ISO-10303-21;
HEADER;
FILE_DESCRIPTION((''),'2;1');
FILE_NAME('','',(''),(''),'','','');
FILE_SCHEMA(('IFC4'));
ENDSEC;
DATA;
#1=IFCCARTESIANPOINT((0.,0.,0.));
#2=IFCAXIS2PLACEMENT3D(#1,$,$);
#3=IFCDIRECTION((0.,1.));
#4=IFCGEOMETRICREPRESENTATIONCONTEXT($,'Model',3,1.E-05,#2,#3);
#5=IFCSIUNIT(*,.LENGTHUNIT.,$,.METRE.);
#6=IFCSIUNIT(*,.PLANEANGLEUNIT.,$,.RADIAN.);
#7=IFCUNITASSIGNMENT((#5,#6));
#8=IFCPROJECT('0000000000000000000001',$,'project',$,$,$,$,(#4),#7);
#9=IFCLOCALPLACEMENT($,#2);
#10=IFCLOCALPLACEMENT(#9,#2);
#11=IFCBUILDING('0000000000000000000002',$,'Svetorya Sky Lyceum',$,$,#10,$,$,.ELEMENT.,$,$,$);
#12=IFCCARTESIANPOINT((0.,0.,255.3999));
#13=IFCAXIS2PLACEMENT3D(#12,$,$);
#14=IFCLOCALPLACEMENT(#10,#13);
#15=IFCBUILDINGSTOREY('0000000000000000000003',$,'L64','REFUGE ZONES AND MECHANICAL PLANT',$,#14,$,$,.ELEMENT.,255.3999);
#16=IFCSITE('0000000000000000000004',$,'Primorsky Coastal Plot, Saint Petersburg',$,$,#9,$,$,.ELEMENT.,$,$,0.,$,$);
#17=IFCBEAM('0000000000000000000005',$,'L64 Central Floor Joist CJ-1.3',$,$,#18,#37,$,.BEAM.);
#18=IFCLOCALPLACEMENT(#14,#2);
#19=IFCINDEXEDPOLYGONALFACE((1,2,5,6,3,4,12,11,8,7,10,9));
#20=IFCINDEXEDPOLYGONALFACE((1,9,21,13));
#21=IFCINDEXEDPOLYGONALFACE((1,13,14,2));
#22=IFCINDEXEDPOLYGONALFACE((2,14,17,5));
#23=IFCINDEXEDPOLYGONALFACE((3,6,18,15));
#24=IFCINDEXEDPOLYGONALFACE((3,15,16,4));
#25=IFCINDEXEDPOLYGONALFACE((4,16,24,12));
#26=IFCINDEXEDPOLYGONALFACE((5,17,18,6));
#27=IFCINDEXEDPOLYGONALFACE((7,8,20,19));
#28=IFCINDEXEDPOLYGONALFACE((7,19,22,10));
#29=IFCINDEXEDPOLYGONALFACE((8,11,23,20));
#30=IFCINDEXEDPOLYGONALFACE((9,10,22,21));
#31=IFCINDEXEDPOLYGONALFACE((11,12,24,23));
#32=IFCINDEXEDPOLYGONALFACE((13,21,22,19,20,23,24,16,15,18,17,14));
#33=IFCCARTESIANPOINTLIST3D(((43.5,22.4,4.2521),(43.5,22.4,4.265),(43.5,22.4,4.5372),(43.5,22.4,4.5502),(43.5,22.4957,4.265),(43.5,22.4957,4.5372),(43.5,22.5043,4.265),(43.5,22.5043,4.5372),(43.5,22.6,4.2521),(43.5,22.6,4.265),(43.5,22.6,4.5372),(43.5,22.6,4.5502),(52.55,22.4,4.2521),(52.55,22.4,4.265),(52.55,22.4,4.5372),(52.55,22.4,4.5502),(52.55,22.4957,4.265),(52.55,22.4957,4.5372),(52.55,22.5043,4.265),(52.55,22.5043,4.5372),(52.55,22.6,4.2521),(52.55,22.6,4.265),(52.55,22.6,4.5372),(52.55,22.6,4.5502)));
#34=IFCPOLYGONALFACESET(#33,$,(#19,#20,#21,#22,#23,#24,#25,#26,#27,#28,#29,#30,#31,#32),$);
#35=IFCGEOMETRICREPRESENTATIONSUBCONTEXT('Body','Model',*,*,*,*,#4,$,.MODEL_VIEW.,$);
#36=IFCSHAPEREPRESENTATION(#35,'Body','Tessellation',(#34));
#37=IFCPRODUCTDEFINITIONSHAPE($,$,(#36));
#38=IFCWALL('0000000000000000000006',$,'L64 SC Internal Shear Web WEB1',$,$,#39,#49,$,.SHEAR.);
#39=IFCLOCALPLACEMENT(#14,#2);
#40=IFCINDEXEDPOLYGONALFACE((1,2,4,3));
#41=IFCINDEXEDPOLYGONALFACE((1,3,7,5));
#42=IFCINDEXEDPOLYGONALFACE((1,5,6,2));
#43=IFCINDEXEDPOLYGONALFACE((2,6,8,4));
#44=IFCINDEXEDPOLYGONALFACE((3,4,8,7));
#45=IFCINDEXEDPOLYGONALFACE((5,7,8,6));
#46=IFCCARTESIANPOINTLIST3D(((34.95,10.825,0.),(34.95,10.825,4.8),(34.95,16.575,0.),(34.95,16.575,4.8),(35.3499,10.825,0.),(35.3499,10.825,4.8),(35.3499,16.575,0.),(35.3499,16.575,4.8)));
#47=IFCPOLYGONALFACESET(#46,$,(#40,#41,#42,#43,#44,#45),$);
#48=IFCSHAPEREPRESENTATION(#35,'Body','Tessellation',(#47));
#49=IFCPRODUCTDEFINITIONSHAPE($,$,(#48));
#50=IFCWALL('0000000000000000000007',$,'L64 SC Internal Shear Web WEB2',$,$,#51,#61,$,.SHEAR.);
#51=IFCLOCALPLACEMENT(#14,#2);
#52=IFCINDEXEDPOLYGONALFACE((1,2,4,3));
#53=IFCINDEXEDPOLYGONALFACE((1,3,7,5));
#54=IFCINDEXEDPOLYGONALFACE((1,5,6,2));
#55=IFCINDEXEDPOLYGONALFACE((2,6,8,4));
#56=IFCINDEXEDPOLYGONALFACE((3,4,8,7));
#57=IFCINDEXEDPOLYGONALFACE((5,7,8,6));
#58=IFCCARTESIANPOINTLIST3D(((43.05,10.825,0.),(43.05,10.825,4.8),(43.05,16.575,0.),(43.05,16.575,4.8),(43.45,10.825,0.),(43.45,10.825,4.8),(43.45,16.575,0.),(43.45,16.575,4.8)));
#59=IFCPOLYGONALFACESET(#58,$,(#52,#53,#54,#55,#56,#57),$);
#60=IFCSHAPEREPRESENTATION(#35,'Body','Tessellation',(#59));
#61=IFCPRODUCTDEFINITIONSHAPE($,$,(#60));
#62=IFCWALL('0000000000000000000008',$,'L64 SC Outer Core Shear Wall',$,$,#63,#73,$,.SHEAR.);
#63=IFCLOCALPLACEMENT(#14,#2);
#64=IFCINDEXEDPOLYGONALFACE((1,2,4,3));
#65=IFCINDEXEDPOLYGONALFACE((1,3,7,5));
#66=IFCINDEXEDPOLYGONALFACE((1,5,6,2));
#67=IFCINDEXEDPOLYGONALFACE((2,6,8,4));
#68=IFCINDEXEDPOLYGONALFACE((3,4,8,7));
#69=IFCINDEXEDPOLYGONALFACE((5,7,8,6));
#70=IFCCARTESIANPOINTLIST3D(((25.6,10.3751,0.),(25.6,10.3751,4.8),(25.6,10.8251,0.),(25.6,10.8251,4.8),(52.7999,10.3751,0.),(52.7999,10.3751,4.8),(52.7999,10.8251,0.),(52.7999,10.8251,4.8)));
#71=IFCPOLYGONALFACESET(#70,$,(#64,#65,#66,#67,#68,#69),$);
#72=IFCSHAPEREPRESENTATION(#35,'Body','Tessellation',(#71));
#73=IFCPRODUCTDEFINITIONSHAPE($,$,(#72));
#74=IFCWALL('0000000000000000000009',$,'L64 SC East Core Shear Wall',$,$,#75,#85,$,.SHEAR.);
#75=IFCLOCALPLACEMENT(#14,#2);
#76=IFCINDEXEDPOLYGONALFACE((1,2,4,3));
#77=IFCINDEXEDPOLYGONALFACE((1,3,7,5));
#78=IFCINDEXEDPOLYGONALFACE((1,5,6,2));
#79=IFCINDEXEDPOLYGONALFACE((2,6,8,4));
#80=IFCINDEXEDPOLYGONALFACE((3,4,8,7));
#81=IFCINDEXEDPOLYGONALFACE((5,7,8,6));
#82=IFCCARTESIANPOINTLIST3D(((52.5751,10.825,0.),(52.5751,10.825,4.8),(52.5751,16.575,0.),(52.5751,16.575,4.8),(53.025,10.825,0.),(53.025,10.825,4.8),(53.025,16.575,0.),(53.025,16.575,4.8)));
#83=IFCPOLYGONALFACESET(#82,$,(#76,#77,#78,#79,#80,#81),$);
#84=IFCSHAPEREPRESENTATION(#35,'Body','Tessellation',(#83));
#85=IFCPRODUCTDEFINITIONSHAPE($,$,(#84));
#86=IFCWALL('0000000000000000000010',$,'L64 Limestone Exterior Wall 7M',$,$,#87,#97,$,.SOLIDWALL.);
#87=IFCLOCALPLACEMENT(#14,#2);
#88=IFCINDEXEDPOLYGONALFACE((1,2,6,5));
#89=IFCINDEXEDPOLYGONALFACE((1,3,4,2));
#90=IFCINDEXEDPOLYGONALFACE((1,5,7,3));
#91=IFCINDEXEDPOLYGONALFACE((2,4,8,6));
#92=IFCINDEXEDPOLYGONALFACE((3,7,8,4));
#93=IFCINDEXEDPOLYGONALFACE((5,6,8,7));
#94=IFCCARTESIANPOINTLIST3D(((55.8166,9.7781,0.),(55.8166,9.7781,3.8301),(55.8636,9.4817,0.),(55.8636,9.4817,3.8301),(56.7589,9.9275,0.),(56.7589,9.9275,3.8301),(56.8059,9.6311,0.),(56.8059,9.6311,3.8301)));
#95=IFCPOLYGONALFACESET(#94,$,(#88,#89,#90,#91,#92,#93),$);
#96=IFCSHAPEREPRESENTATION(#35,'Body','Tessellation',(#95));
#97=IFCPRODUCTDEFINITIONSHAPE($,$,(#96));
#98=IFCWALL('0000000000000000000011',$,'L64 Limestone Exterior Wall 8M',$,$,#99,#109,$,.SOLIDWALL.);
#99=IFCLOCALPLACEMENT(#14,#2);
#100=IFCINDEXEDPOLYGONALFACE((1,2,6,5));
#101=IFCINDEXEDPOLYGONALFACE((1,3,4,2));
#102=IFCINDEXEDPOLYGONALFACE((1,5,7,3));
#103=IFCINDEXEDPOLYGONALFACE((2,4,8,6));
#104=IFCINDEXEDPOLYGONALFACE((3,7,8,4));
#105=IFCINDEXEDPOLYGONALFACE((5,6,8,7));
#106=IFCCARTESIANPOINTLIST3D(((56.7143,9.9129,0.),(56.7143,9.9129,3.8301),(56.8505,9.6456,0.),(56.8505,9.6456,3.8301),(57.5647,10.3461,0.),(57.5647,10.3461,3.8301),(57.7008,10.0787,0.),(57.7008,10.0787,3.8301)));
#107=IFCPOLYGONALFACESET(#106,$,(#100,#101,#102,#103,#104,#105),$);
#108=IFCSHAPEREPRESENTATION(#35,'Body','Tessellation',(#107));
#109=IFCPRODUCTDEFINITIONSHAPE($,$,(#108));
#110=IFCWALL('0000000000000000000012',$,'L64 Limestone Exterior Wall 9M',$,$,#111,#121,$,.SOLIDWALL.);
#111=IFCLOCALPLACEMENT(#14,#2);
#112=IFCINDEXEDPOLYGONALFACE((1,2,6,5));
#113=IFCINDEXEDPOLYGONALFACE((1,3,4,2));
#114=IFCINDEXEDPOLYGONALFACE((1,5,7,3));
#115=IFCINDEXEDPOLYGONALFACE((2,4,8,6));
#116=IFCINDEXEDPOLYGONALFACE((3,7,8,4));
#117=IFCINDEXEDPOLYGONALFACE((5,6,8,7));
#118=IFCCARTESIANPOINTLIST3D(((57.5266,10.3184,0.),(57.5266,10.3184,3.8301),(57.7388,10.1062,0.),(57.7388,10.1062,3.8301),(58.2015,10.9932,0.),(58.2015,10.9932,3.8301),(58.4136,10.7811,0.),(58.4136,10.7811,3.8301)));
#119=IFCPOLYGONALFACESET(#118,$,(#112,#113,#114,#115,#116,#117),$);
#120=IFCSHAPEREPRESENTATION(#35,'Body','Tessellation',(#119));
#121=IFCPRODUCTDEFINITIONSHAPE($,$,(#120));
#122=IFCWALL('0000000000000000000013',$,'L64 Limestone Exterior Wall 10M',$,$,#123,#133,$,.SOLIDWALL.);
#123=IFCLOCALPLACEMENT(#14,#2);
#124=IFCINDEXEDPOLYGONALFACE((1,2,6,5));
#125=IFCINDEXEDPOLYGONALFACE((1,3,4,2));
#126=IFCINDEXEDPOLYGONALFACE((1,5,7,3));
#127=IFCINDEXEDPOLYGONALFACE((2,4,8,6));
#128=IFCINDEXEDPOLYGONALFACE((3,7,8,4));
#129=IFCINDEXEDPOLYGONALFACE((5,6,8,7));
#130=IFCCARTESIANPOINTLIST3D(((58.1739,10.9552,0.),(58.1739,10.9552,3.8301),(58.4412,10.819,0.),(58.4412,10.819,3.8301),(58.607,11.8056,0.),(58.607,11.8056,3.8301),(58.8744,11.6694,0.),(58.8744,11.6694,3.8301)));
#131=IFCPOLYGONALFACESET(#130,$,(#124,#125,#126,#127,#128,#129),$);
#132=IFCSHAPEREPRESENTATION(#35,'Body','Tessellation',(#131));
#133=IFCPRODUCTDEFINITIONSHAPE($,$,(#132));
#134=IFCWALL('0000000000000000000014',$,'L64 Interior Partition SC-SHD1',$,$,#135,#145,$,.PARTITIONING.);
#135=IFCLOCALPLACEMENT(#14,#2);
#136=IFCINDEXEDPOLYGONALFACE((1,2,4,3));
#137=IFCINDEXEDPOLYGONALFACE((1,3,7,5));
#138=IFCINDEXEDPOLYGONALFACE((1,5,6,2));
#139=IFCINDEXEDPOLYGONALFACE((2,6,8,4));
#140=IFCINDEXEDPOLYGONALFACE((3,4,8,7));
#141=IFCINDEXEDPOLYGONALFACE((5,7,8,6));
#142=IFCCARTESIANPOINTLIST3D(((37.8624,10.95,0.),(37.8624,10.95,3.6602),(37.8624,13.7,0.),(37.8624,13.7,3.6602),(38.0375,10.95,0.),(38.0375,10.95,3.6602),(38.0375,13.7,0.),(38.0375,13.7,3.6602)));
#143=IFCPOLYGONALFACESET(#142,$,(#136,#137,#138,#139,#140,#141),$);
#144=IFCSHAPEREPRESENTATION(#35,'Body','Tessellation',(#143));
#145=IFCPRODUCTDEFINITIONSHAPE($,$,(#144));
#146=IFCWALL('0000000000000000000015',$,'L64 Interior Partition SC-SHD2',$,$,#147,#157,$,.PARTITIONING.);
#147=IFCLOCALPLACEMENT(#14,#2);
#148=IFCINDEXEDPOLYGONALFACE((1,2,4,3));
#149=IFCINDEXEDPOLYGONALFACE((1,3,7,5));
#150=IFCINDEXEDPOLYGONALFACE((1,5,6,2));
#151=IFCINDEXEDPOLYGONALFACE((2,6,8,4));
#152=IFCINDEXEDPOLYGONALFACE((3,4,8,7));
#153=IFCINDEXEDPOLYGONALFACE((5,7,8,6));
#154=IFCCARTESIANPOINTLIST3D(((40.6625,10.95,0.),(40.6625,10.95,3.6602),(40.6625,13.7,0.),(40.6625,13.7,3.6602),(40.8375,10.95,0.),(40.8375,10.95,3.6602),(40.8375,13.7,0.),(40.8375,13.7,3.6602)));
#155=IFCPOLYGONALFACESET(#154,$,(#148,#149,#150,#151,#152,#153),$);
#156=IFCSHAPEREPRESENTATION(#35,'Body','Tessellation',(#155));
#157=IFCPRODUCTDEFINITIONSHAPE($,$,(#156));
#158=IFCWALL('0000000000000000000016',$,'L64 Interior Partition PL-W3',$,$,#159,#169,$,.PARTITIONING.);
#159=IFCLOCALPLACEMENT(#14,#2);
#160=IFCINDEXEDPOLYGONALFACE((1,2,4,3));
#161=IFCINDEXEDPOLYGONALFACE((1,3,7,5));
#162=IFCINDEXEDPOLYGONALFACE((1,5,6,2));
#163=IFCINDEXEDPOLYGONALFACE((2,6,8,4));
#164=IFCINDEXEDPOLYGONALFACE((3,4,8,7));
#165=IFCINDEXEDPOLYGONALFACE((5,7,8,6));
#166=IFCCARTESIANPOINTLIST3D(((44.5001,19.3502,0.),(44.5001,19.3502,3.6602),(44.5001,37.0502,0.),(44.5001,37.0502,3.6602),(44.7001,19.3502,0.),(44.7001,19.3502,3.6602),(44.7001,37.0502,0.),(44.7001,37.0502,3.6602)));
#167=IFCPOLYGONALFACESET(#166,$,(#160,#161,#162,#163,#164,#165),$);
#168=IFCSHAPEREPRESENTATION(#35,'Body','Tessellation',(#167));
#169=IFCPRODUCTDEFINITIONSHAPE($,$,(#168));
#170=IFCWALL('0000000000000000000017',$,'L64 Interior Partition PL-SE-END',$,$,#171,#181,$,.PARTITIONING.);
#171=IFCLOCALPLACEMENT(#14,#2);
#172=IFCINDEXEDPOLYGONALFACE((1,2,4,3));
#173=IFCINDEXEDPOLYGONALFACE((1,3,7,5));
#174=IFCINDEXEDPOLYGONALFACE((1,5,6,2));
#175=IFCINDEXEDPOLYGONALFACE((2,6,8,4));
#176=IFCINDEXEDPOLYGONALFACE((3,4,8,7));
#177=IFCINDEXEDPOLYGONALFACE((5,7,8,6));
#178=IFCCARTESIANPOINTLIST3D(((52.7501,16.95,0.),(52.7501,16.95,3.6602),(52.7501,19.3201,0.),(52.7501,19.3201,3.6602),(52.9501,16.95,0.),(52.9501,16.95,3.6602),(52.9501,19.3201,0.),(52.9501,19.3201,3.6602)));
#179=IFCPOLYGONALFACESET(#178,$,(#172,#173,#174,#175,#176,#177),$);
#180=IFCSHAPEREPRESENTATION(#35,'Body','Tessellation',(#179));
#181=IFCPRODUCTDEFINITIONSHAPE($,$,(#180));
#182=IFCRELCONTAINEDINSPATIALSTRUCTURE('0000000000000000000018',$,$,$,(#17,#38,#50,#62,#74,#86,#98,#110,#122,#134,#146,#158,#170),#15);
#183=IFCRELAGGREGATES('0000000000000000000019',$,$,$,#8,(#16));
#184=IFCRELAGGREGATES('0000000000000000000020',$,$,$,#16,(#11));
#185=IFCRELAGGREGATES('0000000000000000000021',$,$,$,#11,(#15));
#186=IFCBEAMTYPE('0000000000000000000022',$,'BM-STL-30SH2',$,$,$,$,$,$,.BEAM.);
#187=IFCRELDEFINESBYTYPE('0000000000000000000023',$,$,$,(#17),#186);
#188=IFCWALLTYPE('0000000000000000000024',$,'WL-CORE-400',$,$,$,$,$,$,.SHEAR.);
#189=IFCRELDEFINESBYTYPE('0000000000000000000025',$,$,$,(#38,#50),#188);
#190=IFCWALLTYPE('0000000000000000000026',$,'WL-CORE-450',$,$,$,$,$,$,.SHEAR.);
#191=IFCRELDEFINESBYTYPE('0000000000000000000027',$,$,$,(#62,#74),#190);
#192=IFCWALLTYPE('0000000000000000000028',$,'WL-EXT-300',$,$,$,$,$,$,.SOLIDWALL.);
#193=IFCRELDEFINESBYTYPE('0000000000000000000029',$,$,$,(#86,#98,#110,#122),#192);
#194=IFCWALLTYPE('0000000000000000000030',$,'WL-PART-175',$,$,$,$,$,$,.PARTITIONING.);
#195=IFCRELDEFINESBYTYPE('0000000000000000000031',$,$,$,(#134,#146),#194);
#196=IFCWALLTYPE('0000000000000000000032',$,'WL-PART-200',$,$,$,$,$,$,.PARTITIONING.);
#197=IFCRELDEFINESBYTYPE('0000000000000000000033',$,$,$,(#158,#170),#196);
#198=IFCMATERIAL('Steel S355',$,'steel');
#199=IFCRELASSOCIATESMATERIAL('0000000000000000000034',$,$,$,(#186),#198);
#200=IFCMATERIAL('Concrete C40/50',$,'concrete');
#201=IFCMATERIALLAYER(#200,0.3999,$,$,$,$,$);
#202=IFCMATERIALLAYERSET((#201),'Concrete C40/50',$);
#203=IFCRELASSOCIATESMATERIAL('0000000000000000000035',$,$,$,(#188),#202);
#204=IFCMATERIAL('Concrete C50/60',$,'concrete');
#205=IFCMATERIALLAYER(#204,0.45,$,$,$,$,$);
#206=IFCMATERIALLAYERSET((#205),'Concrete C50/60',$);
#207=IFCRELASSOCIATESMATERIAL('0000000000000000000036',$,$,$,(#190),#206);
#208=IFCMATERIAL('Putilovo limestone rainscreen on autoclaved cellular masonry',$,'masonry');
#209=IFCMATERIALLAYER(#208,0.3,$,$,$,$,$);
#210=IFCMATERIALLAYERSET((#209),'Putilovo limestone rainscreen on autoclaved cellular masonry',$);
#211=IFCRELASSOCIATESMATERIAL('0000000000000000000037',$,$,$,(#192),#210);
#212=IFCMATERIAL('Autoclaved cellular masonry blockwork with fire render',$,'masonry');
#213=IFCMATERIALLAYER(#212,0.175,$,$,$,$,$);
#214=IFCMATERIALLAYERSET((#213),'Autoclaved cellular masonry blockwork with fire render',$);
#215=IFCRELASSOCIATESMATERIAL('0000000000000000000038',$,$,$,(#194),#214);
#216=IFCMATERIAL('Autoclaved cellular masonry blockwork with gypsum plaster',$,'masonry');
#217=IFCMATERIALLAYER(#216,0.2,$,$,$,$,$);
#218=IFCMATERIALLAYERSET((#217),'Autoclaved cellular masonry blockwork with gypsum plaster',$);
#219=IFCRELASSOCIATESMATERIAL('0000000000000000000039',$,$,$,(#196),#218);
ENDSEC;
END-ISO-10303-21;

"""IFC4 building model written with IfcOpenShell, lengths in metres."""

from ifc_helpers import new_model, si_unit, direction, frame, frame_2d, origin, origin_2d, place, context, subcontext, project, spatial, rectangle, i_section, extrude, material, layer, layer_set, material_profile, profile_set, type_object, element, save


model = new_model("IFC4")

# Units and contexts
model_context = context("Model", 3, precision=1e-05, world=origin(), true_north=direction((0.0, 1.0)))
body_context = subcontext(model_context, "Body", "Model", "MODEL_VIEW")
ifc_project = project(units=[si_unit("LENGTHUNIT", "METRE"), si_unit("PLANEANGLEUNIT", "RADIAN")], contexts=[model_context])

# Site, building, storey
site_placement = place(None, origin())
site = spatial("IfcSite", under=ifc_project, at=site_placement, Name="Primorsky Coastal Plot, Saint Petersburg", CompositionType="ELEMENT", RefElevation=0.0)
building_placement = place(site_placement, origin())
building = spatial("IfcBuilding", under=site, at=building_placement, Name="Svetorya Sky Lyceum", CompositionType="ELEMENT")
storey_placement = place(building_placement, frame((0.0, 0.0, 255.3999)))
storey = spatial("IfcBuildingStorey", under=building, at=storey_placement, Name="L64", Description="REFUGE ZONES AND MECHANICAL PLANT", CompositionType="ELEMENT", Elevation=255.3999)

# Shared definitions
ifc_material_1 = material(Name="Concrete C40/50", Category="concrete")

# Beam
ifc_material_2 = material(Name="Concrete C50/60", Category="concrete")
ifc_material_3 = material(Name="Steel S355", Category="steel")
ifc_material_profile_1 = material_profile(ifc_material_3, i_section(OverallWidth=0.2, OverallDepth=0.2981, WebThickness=0.0085, FlangeThickness=0.0129, at=origin_2d()), Name="GOST 30Sh2")
ifc_profile_set_1 = profile_set([ifc_material_profile_1], Name="Steel S355")
beam_type_1 = type_object("IfcBeamType", Name="BM-STL-30SH2", PredefinedType="BEAM", material=ifc_profile_set_1)
beam_1_placement = place(storey_placement, frame((43.5, 22.5, 4.4011), z_axis=(1.0, 0.0, 0.0), x_axis=(0.0, 1.0, 0.0)))
element("IfcBeam", 1, at=beam_1_placement, inside=storey, type_object=beam_type_1, Name="L64 Central Floor Joist CJ-1.3", PredefinedType="BEAM", context=body_context, shape_type="SweptSolid", body=[
    extrude(i_section(OverallWidth=0.2, OverallDepth=0.2981, WebThickness=0.0085, FlangeThickness=0.0129, at=origin_2d()), origin(), (0.0, 0.0, 1.0), 9.05),
])

# Walls
ifc_layer_1 = layer(ifc_material_1, 0.3999)
ifc_layer_set_1 = layer_set([ifc_layer_1], Name="Concrete C40/50")
wall_type_1 = type_object("IfcWallType", Name="WL-CORE-400", PredefinedType="SHEAR", material=ifc_layer_set_1)
for number, where, z_axis, x_axis, name in (
    (2, (35.1499, 10.825, 0.0), (0.0, 0.0, 1.0), (0.0, 1.0, 0.0), "L64 SC Internal Shear Web WEB1"),
    (3, (43.25, 10.825, 0.0), (0.0, 0.0, 1.0), (0.0, 1.0, 0.0), "L64 SC Internal Shear Web WEB2"),
):
    element("IfcWall", number, at=place(storey_placement, frame(where, z_axis=z_axis, x_axis=x_axis)), inside=storey, type_object=wall_type_1, Name=name, PredefinedType="SHEAR", context=body_context, shape_type="SweptSolid", body=[
        extrude(rectangle(XDim=5.75, YDim=0.3999, at=frame_2d((2.875, 0.0))), origin(), (0.0, 0.0, 1.0), 4.8),
    ])
ifc_layer_2 = layer(ifc_material_2, 0.45)
ifc_layer_set_2 = layer_set([ifc_layer_2], Name="Concrete C50/60")
wall_type_2 = type_object("IfcWallType", Name="WL-CORE-450", PredefinedType="SHEAR", material=ifc_layer_set_2)
wall_1_placement = place(storey_placement, frame((52.8, 10.6001, 0.0), z_axis=(0.0, 0.0, 1.0), x_axis=(-1.0, 0.0, 0.0)))
element("IfcWall", 4, at=wall_1_placement, inside=storey, type_object=wall_type_2, Name="L64 SC Outer Core Shear Wall", PredefinedType="SHEAR", context=body_context, shape_type="SweptSolid", body=[
    extrude(rectangle(XDim=27.2, YDim=0.45, at=frame_2d((13.6001, 0.0))), origin(), (0.0, 0.0, 1.0), 4.8),
])
wall_2_placement = place(storey_placement, frame((52.8, 10.825, 0.0), z_axis=(0.0, 0.0, 1.0), x_axis=(0.0, 1.0, 0.0)))
element("IfcWall", 5, at=wall_2_placement, inside=storey, type_object=wall_type_2, Name="L64 SC East Core Shear Wall", PredefinedType="SHEAR", context=body_context, shape_type="SweptSolid", body=[
    extrude(rectangle(XDim=5.75, YDim=0.45, at=frame_2d((2.875, 0.0))), origin(), (0.0, 0.0, 1.0), 4.8),
])
ifc_material_4 = material(Name="Putilovo limestone rainscreen on autoclaved cellular masonry", Category="masonry")
ifc_layer_3 = layer(ifc_material_4, 0.3)
ifc_layer_set_3 = layer_set([ifc_layer_3], Name="Putilovo limestone rainscreen on autoclaved cellular masonry")
wall_type_3 = type_object("IfcWallType", Name="WL-EXT-300", PredefinedType="SOLIDWALL", material=ifc_layer_set_3)
wall_3_placement = place(storey_placement, frame((55.8401, 9.6299, 0.0), z_axis=(0.0, 0.0, 1.0), x_axis=(0.987663, 0.156593, 0.0)))
element("IfcWall", 6, at=wall_3_placement, inside=storey, type_object=wall_type_3, Name="L64 Limestone Exterior Wall 7M", PredefinedType="SOLIDWALL", context=body_context, shape_type="SweptSolid", body=[
    extrude(rectangle(XDim=0.9541, YDim=0.3, at=frame_2d((0.4771, 0.0))), origin(), (0.0, 0.0, 1.0), 3.8301),
])
for number, where, z_axis, x_axis, name in (
    (7, (56.7825, 9.7793, 0.0), (0.0, 0.0, 1.0), (0.891077, 0.453853, 0.0), "L64 Limestone Exterior Wall 8M"),
    (8, (57.6328, 10.2124, 0.0), (0.0, 0.0, 1.0), (0.707107, 0.707107, 0.0), "L64 Limestone Exterior Wall 9M"),
    (9, (58.3076, 10.8872, 0.0), (0.0, 0.0, 1.0), (0.453853, 0.891077, 0.0), "L64 Limestone Exterior Wall 10M"),
):
    element("IfcWall", number, at=place(storey_placement, frame(where, z_axis=z_axis, x_axis=x_axis)), inside=storey, type_object=wall_type_3, Name=name, PredefinedType="SOLIDWALL", context=body_context, shape_type="SweptSolid", body=[
        extrude(rectangle(XDim=0.9543, YDim=0.3, at=frame_2d((0.4771, 0.0))), origin(), (0.0, 0.0, 1.0), 3.8301),
    ])
ifc_material_5 = material(Name="Autoclaved cellular masonry blockwork with fire render", Category="masonry")
ifc_layer_4 = layer(ifc_material_5, 0.175)
ifc_layer_set_4 = layer_set([ifc_layer_4], Name="Autoclaved cellular masonry blockwork with fire render")
wall_type_4 = type_object("IfcWallType", Name="WL-PART-175", PredefinedType="PARTITIONING", material=ifc_layer_set_4)
for number, where, z_axis, x_axis, name in (
    (10, (37.95, 10.95, 0.0), (0.0, 0.0, 1.0), (0.0, 1.0, 0.0), "L64 Interior Partition SC-SHD1"),
    (11, (40.75, 10.95, 0.0), (0.0, 0.0, 1.0), (0.0, 1.0, 0.0), "L64 Interior Partition SC-SHD2"),
):
    element("IfcWall", number, at=place(storey_placement, frame(where, z_axis=z_axis, x_axis=x_axis)), inside=storey, type_object=wall_type_4, Name=name, PredefinedType="PARTITIONING", context=body_context, shape_type="SweptSolid", body=[
        extrude(rectangle(XDim=2.75, YDim=0.175, at=frame_2d((1.375, 0.0))), origin(), (0.0, 0.0, 1.0), 3.6602),
    ])

# Shared definitions
ifc_material_6 = material(Name="Autoclaved cellular masonry blockwork with gypsum plaster", Category="masonry")
ifc_layer_5 = layer(ifc_material_6, 0.2)
ifc_layer_set_5 = layer_set([ifc_layer_5], Name="Autoclaved cellular masonry blockwork with gypsum plaster")
wall_type_5 = type_object("IfcWallType", Name="WL-PART-200", PredefinedType="PARTITIONING", material=ifc_layer_set_5)

# Walls
wall_4_placement = place(storey_placement, frame((44.6001, 19.3501, 0.0), z_axis=(0.0, 0.0, 1.0), x_axis=(0.0, 1.0, 0.0)))
element("IfcWall", 12, at=wall_4_placement, inside=storey, type_object=wall_type_5, Name="L64 Interior Partition PL-W3", PredefinedType="PARTITIONING", context=body_context, shape_type="SweptSolid", body=[
    extrude(rectangle(XDim=17.7, YDim=0.2, at=frame_2d((8.8501, 0.0))), origin(), (0.0, 0.0, 1.0), 3.6602),
])
wall_5_placement = place(storey_placement, frame((52.8501, 16.95, 0.0), z_axis=(0.0, 0.0, 1.0), x_axis=(0.0, 1.0, 0.0)))
element("IfcWall", 13, at=wall_5_placement, inside=storey, type_object=wall_type_5, Name="L64 Interior Partition PL-SE-END", PredefinedType="PARTITIONING", context=body_context, shape_type="SweptSolid", body=[
    extrude(rectangle(XDim=2.3701, YDim=0.2, at=frame_2d((1.1851, 0.0))), origin(), (0.0, 0.0, 1.0), 3.6602),
])

save(model, "model.ifc")
